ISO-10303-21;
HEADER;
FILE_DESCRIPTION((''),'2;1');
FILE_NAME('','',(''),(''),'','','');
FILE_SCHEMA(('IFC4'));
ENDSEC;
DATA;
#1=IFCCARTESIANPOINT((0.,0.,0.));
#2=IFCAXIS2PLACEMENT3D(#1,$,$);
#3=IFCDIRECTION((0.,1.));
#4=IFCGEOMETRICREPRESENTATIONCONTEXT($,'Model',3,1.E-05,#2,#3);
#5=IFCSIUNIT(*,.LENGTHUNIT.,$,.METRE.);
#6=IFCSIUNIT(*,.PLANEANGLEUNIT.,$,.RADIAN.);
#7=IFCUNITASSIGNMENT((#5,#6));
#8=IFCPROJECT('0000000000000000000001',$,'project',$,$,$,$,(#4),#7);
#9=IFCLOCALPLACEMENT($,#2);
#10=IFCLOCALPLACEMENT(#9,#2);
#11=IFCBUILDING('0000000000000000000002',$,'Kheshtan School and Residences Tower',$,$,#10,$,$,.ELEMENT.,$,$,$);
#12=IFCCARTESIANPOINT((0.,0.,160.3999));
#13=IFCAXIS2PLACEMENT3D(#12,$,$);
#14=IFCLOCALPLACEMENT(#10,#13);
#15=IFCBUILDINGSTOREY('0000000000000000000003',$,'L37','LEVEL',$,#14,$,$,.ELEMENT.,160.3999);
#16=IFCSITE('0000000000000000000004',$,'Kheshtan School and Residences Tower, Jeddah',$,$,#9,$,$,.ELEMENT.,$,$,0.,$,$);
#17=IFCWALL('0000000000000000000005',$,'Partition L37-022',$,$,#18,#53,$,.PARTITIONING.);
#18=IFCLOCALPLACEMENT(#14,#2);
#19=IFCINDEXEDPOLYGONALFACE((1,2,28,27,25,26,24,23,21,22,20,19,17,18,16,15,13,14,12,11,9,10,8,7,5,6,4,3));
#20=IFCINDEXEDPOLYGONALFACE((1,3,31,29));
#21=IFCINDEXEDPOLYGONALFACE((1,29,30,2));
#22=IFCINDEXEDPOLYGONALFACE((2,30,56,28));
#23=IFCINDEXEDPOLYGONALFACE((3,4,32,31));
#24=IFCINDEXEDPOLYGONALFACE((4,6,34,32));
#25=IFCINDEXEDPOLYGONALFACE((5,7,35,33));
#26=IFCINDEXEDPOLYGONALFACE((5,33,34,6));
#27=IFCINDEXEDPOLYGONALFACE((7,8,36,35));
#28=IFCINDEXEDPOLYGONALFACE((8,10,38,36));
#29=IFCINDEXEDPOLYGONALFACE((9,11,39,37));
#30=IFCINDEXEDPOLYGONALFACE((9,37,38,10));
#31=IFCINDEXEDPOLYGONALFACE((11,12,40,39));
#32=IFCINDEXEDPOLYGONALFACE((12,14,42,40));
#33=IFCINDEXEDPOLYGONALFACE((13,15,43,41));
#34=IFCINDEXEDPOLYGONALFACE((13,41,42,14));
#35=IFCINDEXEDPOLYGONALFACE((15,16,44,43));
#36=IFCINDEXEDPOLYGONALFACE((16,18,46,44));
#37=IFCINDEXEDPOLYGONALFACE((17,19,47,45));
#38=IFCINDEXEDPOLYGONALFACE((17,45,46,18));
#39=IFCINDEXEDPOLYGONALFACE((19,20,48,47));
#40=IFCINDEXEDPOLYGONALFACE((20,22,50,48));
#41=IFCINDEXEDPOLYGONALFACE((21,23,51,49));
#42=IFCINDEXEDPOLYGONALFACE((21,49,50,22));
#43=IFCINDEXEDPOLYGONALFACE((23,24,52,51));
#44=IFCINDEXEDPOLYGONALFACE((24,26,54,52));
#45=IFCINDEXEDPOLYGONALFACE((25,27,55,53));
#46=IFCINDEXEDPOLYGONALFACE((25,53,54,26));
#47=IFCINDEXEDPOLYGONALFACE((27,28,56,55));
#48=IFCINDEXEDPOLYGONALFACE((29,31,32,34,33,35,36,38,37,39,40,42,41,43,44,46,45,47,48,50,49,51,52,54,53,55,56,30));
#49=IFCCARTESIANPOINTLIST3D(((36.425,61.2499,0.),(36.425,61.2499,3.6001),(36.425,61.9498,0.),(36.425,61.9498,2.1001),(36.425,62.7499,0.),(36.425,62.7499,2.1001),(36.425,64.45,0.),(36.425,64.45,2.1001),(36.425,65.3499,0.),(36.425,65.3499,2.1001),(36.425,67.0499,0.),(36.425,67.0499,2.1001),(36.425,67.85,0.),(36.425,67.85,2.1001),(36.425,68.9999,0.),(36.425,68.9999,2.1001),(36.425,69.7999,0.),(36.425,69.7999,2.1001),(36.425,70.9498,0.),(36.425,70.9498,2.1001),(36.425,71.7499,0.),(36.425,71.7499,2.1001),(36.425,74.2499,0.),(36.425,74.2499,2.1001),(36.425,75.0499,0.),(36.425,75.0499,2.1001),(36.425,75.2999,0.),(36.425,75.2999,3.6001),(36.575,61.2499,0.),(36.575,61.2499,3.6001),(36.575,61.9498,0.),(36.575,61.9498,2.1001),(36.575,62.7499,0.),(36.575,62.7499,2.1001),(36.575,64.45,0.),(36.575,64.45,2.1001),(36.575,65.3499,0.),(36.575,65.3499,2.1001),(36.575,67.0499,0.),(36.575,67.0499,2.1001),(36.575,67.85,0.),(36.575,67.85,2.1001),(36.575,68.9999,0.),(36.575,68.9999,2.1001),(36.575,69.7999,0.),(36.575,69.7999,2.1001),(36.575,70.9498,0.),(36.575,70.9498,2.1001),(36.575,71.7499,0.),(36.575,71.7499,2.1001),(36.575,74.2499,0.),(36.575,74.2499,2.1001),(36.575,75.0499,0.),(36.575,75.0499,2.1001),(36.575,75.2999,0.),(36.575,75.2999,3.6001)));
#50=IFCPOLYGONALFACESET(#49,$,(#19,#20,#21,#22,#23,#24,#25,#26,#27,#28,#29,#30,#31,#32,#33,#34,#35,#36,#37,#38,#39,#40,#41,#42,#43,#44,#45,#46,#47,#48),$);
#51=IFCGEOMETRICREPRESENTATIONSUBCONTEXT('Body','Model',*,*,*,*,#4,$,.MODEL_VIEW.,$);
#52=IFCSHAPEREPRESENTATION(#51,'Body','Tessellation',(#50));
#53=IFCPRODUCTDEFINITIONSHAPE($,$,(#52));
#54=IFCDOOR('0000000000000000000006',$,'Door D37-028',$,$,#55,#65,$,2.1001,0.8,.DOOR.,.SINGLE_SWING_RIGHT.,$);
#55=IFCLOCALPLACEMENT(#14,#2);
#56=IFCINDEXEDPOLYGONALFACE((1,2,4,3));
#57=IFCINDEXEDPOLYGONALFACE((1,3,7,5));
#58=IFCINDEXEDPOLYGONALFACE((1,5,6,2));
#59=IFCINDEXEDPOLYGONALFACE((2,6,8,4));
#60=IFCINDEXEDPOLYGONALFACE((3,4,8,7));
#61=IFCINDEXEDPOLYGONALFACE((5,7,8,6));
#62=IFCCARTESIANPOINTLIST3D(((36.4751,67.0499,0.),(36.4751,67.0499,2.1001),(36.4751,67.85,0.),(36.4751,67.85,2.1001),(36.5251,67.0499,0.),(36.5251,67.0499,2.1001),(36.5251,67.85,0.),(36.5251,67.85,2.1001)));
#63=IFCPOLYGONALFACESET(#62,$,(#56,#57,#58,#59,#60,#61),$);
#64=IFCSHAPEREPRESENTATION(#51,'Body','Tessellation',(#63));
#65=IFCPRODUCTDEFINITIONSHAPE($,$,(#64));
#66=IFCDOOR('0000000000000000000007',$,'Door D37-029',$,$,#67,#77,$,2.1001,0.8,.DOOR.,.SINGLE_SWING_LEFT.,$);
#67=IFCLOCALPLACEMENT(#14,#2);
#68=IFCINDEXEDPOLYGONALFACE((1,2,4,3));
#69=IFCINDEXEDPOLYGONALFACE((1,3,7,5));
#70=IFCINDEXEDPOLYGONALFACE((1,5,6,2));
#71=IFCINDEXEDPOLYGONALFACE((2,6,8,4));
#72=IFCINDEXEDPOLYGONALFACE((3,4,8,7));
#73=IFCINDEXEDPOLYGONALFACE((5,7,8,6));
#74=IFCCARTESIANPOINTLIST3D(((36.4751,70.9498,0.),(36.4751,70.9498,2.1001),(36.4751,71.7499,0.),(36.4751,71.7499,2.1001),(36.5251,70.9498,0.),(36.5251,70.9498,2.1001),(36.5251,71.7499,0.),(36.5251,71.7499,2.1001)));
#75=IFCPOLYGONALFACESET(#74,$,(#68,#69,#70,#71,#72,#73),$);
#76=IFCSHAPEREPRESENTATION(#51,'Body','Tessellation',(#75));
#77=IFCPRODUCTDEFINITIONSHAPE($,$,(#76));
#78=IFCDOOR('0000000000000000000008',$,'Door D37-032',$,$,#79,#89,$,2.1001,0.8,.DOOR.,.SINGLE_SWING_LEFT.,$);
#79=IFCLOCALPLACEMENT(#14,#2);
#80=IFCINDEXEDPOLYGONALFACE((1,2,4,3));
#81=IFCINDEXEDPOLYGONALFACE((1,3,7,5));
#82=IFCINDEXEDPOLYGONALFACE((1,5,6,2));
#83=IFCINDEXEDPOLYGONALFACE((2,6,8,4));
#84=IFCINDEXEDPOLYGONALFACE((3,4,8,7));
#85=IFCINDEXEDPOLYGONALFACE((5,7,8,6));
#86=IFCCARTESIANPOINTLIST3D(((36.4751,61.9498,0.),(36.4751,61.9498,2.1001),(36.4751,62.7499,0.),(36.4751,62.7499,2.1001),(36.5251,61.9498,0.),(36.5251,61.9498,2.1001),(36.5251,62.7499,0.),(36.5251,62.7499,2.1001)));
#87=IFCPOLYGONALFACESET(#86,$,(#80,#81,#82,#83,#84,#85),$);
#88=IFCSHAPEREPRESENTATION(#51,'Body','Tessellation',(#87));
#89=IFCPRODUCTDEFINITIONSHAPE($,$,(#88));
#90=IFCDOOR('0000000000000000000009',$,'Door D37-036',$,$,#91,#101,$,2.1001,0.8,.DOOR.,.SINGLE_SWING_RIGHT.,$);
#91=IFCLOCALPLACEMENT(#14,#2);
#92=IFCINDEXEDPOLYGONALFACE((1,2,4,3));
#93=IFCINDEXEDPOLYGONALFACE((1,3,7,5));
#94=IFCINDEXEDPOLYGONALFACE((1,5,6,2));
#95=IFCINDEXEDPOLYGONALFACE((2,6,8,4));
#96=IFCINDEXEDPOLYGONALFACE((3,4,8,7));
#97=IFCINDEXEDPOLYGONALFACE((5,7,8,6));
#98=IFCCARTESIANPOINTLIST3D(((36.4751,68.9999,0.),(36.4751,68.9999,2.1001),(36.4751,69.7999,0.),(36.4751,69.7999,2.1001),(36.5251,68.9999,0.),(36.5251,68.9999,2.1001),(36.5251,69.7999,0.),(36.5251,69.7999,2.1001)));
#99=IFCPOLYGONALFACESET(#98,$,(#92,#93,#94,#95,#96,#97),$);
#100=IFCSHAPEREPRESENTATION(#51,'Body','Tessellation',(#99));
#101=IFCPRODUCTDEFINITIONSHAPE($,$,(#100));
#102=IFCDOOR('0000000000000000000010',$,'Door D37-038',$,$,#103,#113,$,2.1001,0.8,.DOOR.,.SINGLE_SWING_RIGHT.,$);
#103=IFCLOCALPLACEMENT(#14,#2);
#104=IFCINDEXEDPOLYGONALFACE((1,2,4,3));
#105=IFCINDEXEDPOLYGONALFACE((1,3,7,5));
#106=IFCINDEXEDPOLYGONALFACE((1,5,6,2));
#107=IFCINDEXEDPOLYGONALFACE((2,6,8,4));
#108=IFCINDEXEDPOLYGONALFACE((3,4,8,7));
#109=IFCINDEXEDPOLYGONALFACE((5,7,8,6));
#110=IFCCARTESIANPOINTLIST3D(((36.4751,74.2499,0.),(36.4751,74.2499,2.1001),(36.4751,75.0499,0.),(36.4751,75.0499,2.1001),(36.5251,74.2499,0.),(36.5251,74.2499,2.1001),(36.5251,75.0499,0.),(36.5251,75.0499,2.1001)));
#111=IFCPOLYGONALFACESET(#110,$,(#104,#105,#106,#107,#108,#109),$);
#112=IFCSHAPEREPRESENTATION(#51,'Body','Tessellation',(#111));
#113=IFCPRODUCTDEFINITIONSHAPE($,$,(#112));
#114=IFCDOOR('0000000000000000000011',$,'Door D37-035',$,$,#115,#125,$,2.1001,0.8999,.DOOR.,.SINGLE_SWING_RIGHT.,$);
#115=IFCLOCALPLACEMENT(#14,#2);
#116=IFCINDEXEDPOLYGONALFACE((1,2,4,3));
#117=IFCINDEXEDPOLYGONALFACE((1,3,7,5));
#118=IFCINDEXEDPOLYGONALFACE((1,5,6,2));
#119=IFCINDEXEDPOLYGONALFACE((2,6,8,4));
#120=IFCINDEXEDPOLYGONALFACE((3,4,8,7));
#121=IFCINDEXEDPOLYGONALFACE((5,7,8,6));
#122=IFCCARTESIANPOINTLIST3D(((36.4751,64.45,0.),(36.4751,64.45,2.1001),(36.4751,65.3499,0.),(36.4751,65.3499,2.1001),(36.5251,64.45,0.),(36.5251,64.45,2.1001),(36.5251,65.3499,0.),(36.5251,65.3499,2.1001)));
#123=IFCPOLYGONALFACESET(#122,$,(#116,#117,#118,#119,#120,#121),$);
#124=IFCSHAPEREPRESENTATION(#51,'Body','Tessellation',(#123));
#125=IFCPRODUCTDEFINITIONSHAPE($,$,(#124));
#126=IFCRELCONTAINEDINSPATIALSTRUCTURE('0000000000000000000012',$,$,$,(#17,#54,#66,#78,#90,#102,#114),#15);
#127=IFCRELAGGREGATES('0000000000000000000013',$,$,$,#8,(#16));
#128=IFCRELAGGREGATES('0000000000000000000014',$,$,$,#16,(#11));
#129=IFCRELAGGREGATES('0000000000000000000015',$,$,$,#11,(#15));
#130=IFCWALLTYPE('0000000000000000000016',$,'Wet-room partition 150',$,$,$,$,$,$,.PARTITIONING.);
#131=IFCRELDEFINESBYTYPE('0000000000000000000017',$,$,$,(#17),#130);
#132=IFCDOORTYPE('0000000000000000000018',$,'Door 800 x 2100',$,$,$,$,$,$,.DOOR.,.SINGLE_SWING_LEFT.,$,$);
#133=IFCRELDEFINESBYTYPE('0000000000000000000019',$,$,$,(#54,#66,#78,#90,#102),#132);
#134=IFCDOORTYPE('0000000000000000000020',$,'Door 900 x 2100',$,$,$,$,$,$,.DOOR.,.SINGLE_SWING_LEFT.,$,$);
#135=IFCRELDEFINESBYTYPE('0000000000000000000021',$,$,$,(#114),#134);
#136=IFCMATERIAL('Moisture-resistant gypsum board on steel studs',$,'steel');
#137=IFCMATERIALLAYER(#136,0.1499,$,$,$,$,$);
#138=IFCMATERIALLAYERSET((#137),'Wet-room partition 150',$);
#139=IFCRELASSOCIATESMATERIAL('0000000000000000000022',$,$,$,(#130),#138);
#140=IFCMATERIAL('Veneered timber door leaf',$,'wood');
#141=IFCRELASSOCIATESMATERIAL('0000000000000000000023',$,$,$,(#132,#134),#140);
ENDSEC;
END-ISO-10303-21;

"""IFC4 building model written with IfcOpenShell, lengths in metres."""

from ifc_helpers import new_model, si_unit, direction, frame, frame_2d, origin, place, context, subcontext, project, spatial, rectangle, extrude, source, transform, mapped, material, layer, layer_set, type_object, element, fill, save


model = new_model("IFC4")

# Units and contexts
model_context = context("Model", 3, precision=1e-05, world=origin(), true_north=direction((0.0, 1.0)))
body_context = subcontext(model_context, "Body", "Model", "MODEL_VIEW")
ifc_project = project(units=[si_unit("LENGTHUNIT", "METRE"), si_unit("PLANEANGLEUNIT", "RADIAN")], contexts=[model_context])

# Site, building, storey
site_placement = place(None, origin())
site = spatial("IfcSite", under=ifc_project, at=site_placement, Name="Kheshtan School and Residences Tower, Jeddah", CompositionType="ELEMENT", RefElevation=0.0)
building_placement = place(site_placement, origin())
building = spatial("IfcBuilding", under=site, at=building_placement, Name="Kheshtan School and Residences Tower", CompositionType="ELEMENT")
storey_placement = place(building_placement, frame((0.0, 0.0, 160.3999)))
storey = spatial("IfcBuildingStorey", under=building, at=storey_placement, Name="L37", Description="LEVEL", CompositionType="ELEMENT", Elevation=160.3999)

# Shared definitions
ifc_material_1 = material(Name="Moisture-resistant gypsum board on steel studs", Category="steel")
ifc_layer_1 = layer(ifc_material_1, 0.1499)
ifc_layer_set_1 = layer_set([ifc_layer_1], Name="Wet-room partition 150")
wall_type_1 = type_object("IfcWallType", Name="Wet-room partition 150", PredefinedType="PARTITIONING", material=ifc_layer_set_1)

# Shared definitions
ifc_material_2 = material(Name="Veneered timber door leaf", Category="wood")
door_type_1 = type_object("IfcDoorType", Name="Door 800 x 2100", OperationType="SINGLE_SWING_LEFT", PredefinedType="DOOR", material=ifc_material_2)
shared_shape_1 = source(origin(), body_context, "Body", "SweptSolid", [
    extrude(rectangle(XDim=0.8, YDim=2.1001, at=frame_2d((0.3999, 1.05))), frame((0.0, 0.0249, 0.0), z_axis=(0.0, -1.0, 0.0), x_axis=(1.0, 0.0, 0.0)), (0.0, 0.0, 1.0), 0.05),
])

# Wall, openings, doors
wall_1_placement = place(storey_placement, frame((36.5, 61.25, 0.0), z_axis=(0.0, 0.0, 1.0), x_axis=(0.0, 1.0, 0.0)))
wall_1 = element("IfcWall", 1, at=wall_1_placement, inside=storey, type_object=wall_type_1, Name="Partition L37-022", PredefinedType="PARTITIONING", context=body_context, shape_type="SweptSolid", body=[
    extrude(rectangle(XDim=14.05, YDim=0.1499, at=frame_2d((7.0249, 0.0))), origin(), (0.0, 0.0, 1.0), 3.6001),
])
opening_1_placement = place(wall_1_placement, frame((5.8, 0.0, 0.0)))
opening_1 = element("IfcOpeningElement", 2, at=opening_1_placement, cuts=wall_1, PredefinedType="OPENING", context=body_context, shape_type="SweptSolid", body=[
    extrude(rectangle(XDim=0.8, YDim=2.1001, at=frame_2d((0.3999, 1.05))), frame((0.0, 0.085, 0.0), z_axis=(0.0, -1.0, 0.0), x_axis=(1.0, 0.0, 0.0)), (0.0, 0.0, 1.0), 0.1699),
])
opening_2_placement = place(wall_1_placement, frame((9.7, 0.0, 0.0)))
opening_2 = element("IfcOpeningElement", 3, at=opening_2_placement, cuts=wall_1, PredefinedType="OPENING", context=body_context, shape_type="SweptSolid", body=[
    extrude(rectangle(XDim=0.8, YDim=2.1001, at=frame_2d((0.3999, 1.05))), frame((0.0, 0.085, 0.0), z_axis=(0.0, -1.0, 0.0), x_axis=(1.0, 0.0, 0.0)), (0.0, 0.0, 1.0), 0.1699),
])
opening_3_placement = place(wall_1_placement, frame((0.7, 0.0, 0.0)))
opening_3 = element("IfcOpeningElement", 4, at=opening_3_placement, cuts=wall_1, PredefinedType="OPENING", context=body_context, shape_type="SweptSolid", body=[
    extrude(rectangle(XDim=0.8, YDim=2.1001, at=frame_2d((0.3999, 1.05))), frame((0.0, 0.085, 0.0), z_axis=(0.0, -1.0, 0.0), x_axis=(1.0, 0.0, 0.0)), (0.0, 0.0, 1.0), 0.1699),
])
opening_4_placement = place(wall_1_placement, frame((3.2, 0.0, 0.0)))
opening_4 = element("IfcOpeningElement", 5, at=opening_4_placement, cuts=wall_1, PredefinedType="OPENING", context=body_context, shape_type="SweptSolid", body=[
    extrude(rectangle(XDim=0.8999, YDim=2.1001, at=frame_2d((0.45, 1.05))), frame((0.0, 0.085, 0.0), z_axis=(0.0, -1.0, 0.0), x_axis=(1.0, 0.0, 0.0)), (0.0, 0.0, 1.0), 0.1699),
])
opening_5_placement = place(wall_1_placement, frame((7.75, 0.0, 0.0)))
opening_5 = element("IfcOpeningElement", 6, at=opening_5_placement, cuts=wall_1, PredefinedType="OPENING", context=body_context, shape_type="SweptSolid", body=[
    extrude(rectangle(XDim=0.8, YDim=2.1001, at=frame_2d((0.3999, 1.05))), frame((0.0, 0.085, 0.0), z_axis=(0.0, -1.0, 0.0), x_axis=(1.0, 0.0, 0.0)), (0.0, 0.0, 1.0), 0.1699),
])
opening_6_placement = place(wall_1_placement, frame((13.0, 0.0, 0.0)))
opening_6 = element("IfcOpeningElement", 7, at=opening_6_placement, cuts=wall_1, PredefinedType="OPENING", context=body_context, shape_type="SweptSolid", body=[
    extrude(rectangle(XDim=0.8, YDim=2.1001, at=frame_2d((0.3999, 1.05))), frame((0.0, 0.085, 0.0), z_axis=(0.0, -1.0, 0.0), x_axis=(1.0, 0.0, 0.0)), (0.0, 0.0, 1.0), 0.1699),
])
door_1_placement = place(opening_1_placement, origin())
door_1 = element("IfcDoor", 8, at=door_1_placement, inside=storey, type_object=door_type_1, Name="Door D37-028", OperationType="SINGLE_SWING_RIGHT", OverallHeight=2.1001, OverallWidth=0.8, PredefinedType="DOOR", context=body_context, shape_type="MappedRepresentation", body=[
    mapped(shared_shape_1, transform((0.0, 0.0, 0.0), x_axis=(1.0, 0.0, 0.0), y_axis=(0.0, 1.0, 0.0), z_axis=(0.0, 0.0, 1.0), scale=1.0)),
])
fill(opening_1, door_1)
door_2_placement = place(opening_2_placement, origin())
door_2 = element("IfcDoor", 9, at=door_2_placement, inside=storey, type_object=door_type_1, Name="Door D37-029", OperationType="SINGLE_SWING_LEFT", OverallHeight=2.1001, OverallWidth=0.8, PredefinedType="DOOR", context=body_context, shape_type="MappedRepresentation", body=[
    mapped(shared_shape_1, transform((0.0, 0.0, 0.0), x_axis=(1.0, 0.0, 0.0), y_axis=(0.0, 1.0, 0.0), z_axis=(0.0, 0.0, 1.0), scale=1.0)),
])
fill(opening_2, door_2)
door_3_placement = place(opening_3_placement, origin())
door_3 = element("IfcDoor", 10, at=door_3_placement, inside=storey, type_object=door_type_1, Name="Door D37-032", OperationType="SINGLE_SWING_LEFT", OverallHeight=2.1001, OverallWidth=0.8, PredefinedType="DOOR", context=body_context, shape_type="MappedRepresentation", body=[
    mapped(shared_shape_1, transform((0.0, 0.0, 0.0), x_axis=(1.0, 0.0, 0.0), y_axis=(0.0, 1.0, 0.0), z_axis=(0.0, 0.0, 1.0), scale=1.0)),
])
fill(opening_3, door_3)
door_4_placement = place(opening_5_placement, origin())
door_4 = element("IfcDoor", 11, at=door_4_placement, inside=storey, type_object=door_type_1, Name="Door D37-036", OperationType="SINGLE_SWING_RIGHT", OverallHeight=2.1001, OverallWidth=0.8, PredefinedType="DOOR", context=body_context, shape_type="MappedRepresentation", body=[
    mapped(shared_shape_1, transform((0.0, 0.0, 0.0), x_axis=(1.0, 0.0, 0.0), y_axis=(0.0, 1.0, 0.0), z_axis=(0.0, 0.0, 1.0), scale=1.0)),
])
fill(opening_5, door_4)
door_5_placement = place(opening_6_placement, origin())
door_5 = element("IfcDoor", 12, at=door_5_placement, inside=storey, type_object=door_type_1, Name="Door D37-038", OperationType="SINGLE_SWING_RIGHT", OverallHeight=2.1001, OverallWidth=0.8, PredefinedType="DOOR", context=body_context, shape_type="MappedRepresentation", body=[
    mapped(shared_shape_1, transform((0.0, 0.0, 0.0), x_axis=(1.0, 0.0, 0.0), y_axis=(0.0, 1.0, 0.0), z_axis=(0.0, 0.0, 1.0), scale=1.0)),
])
fill(opening_6, door_5)
door_type_2 = type_object("IfcDoorType", Name="Door 900 x 2100", OperationType="SINGLE_SWING_LEFT", PredefinedType="DOOR", material=ifc_material_2)
shared_shape_2 = source(origin(), body_context, "Body", "SweptSolid", [
    extrude(rectangle(XDim=0.8999, YDim=2.1001, at=frame_2d((0.45, 1.05))), frame((0.0, 0.0249, 0.0), z_axis=(0.0, -1.0, 0.0), x_axis=(1.0, 0.0, 0.0)), (0.0, 0.0, 1.0), 0.05),
])
door_6_placement = place(opening_4_placement, origin())
door_6 = element("IfcDoor", 13, at=door_6_placement, inside=storey, type_object=door_type_2, Name="Door D37-035", OperationType="SINGLE_SWING_RIGHT", OverallHeight=2.1001, OverallWidth=0.8999, PredefinedType="DOOR", context=body_context, shape_type="MappedRepresentation", body=[
    mapped(shared_shape_2, transform((0.0, 0.0, 0.0), x_axis=(1.0, 0.0, 0.0), y_axis=(0.0, 1.0, 0.0), z_axis=(0.0, 0.0, 1.0), scale=1.0)),
])
fill(opening_4, door_6)

save(model, "model.ifc")
